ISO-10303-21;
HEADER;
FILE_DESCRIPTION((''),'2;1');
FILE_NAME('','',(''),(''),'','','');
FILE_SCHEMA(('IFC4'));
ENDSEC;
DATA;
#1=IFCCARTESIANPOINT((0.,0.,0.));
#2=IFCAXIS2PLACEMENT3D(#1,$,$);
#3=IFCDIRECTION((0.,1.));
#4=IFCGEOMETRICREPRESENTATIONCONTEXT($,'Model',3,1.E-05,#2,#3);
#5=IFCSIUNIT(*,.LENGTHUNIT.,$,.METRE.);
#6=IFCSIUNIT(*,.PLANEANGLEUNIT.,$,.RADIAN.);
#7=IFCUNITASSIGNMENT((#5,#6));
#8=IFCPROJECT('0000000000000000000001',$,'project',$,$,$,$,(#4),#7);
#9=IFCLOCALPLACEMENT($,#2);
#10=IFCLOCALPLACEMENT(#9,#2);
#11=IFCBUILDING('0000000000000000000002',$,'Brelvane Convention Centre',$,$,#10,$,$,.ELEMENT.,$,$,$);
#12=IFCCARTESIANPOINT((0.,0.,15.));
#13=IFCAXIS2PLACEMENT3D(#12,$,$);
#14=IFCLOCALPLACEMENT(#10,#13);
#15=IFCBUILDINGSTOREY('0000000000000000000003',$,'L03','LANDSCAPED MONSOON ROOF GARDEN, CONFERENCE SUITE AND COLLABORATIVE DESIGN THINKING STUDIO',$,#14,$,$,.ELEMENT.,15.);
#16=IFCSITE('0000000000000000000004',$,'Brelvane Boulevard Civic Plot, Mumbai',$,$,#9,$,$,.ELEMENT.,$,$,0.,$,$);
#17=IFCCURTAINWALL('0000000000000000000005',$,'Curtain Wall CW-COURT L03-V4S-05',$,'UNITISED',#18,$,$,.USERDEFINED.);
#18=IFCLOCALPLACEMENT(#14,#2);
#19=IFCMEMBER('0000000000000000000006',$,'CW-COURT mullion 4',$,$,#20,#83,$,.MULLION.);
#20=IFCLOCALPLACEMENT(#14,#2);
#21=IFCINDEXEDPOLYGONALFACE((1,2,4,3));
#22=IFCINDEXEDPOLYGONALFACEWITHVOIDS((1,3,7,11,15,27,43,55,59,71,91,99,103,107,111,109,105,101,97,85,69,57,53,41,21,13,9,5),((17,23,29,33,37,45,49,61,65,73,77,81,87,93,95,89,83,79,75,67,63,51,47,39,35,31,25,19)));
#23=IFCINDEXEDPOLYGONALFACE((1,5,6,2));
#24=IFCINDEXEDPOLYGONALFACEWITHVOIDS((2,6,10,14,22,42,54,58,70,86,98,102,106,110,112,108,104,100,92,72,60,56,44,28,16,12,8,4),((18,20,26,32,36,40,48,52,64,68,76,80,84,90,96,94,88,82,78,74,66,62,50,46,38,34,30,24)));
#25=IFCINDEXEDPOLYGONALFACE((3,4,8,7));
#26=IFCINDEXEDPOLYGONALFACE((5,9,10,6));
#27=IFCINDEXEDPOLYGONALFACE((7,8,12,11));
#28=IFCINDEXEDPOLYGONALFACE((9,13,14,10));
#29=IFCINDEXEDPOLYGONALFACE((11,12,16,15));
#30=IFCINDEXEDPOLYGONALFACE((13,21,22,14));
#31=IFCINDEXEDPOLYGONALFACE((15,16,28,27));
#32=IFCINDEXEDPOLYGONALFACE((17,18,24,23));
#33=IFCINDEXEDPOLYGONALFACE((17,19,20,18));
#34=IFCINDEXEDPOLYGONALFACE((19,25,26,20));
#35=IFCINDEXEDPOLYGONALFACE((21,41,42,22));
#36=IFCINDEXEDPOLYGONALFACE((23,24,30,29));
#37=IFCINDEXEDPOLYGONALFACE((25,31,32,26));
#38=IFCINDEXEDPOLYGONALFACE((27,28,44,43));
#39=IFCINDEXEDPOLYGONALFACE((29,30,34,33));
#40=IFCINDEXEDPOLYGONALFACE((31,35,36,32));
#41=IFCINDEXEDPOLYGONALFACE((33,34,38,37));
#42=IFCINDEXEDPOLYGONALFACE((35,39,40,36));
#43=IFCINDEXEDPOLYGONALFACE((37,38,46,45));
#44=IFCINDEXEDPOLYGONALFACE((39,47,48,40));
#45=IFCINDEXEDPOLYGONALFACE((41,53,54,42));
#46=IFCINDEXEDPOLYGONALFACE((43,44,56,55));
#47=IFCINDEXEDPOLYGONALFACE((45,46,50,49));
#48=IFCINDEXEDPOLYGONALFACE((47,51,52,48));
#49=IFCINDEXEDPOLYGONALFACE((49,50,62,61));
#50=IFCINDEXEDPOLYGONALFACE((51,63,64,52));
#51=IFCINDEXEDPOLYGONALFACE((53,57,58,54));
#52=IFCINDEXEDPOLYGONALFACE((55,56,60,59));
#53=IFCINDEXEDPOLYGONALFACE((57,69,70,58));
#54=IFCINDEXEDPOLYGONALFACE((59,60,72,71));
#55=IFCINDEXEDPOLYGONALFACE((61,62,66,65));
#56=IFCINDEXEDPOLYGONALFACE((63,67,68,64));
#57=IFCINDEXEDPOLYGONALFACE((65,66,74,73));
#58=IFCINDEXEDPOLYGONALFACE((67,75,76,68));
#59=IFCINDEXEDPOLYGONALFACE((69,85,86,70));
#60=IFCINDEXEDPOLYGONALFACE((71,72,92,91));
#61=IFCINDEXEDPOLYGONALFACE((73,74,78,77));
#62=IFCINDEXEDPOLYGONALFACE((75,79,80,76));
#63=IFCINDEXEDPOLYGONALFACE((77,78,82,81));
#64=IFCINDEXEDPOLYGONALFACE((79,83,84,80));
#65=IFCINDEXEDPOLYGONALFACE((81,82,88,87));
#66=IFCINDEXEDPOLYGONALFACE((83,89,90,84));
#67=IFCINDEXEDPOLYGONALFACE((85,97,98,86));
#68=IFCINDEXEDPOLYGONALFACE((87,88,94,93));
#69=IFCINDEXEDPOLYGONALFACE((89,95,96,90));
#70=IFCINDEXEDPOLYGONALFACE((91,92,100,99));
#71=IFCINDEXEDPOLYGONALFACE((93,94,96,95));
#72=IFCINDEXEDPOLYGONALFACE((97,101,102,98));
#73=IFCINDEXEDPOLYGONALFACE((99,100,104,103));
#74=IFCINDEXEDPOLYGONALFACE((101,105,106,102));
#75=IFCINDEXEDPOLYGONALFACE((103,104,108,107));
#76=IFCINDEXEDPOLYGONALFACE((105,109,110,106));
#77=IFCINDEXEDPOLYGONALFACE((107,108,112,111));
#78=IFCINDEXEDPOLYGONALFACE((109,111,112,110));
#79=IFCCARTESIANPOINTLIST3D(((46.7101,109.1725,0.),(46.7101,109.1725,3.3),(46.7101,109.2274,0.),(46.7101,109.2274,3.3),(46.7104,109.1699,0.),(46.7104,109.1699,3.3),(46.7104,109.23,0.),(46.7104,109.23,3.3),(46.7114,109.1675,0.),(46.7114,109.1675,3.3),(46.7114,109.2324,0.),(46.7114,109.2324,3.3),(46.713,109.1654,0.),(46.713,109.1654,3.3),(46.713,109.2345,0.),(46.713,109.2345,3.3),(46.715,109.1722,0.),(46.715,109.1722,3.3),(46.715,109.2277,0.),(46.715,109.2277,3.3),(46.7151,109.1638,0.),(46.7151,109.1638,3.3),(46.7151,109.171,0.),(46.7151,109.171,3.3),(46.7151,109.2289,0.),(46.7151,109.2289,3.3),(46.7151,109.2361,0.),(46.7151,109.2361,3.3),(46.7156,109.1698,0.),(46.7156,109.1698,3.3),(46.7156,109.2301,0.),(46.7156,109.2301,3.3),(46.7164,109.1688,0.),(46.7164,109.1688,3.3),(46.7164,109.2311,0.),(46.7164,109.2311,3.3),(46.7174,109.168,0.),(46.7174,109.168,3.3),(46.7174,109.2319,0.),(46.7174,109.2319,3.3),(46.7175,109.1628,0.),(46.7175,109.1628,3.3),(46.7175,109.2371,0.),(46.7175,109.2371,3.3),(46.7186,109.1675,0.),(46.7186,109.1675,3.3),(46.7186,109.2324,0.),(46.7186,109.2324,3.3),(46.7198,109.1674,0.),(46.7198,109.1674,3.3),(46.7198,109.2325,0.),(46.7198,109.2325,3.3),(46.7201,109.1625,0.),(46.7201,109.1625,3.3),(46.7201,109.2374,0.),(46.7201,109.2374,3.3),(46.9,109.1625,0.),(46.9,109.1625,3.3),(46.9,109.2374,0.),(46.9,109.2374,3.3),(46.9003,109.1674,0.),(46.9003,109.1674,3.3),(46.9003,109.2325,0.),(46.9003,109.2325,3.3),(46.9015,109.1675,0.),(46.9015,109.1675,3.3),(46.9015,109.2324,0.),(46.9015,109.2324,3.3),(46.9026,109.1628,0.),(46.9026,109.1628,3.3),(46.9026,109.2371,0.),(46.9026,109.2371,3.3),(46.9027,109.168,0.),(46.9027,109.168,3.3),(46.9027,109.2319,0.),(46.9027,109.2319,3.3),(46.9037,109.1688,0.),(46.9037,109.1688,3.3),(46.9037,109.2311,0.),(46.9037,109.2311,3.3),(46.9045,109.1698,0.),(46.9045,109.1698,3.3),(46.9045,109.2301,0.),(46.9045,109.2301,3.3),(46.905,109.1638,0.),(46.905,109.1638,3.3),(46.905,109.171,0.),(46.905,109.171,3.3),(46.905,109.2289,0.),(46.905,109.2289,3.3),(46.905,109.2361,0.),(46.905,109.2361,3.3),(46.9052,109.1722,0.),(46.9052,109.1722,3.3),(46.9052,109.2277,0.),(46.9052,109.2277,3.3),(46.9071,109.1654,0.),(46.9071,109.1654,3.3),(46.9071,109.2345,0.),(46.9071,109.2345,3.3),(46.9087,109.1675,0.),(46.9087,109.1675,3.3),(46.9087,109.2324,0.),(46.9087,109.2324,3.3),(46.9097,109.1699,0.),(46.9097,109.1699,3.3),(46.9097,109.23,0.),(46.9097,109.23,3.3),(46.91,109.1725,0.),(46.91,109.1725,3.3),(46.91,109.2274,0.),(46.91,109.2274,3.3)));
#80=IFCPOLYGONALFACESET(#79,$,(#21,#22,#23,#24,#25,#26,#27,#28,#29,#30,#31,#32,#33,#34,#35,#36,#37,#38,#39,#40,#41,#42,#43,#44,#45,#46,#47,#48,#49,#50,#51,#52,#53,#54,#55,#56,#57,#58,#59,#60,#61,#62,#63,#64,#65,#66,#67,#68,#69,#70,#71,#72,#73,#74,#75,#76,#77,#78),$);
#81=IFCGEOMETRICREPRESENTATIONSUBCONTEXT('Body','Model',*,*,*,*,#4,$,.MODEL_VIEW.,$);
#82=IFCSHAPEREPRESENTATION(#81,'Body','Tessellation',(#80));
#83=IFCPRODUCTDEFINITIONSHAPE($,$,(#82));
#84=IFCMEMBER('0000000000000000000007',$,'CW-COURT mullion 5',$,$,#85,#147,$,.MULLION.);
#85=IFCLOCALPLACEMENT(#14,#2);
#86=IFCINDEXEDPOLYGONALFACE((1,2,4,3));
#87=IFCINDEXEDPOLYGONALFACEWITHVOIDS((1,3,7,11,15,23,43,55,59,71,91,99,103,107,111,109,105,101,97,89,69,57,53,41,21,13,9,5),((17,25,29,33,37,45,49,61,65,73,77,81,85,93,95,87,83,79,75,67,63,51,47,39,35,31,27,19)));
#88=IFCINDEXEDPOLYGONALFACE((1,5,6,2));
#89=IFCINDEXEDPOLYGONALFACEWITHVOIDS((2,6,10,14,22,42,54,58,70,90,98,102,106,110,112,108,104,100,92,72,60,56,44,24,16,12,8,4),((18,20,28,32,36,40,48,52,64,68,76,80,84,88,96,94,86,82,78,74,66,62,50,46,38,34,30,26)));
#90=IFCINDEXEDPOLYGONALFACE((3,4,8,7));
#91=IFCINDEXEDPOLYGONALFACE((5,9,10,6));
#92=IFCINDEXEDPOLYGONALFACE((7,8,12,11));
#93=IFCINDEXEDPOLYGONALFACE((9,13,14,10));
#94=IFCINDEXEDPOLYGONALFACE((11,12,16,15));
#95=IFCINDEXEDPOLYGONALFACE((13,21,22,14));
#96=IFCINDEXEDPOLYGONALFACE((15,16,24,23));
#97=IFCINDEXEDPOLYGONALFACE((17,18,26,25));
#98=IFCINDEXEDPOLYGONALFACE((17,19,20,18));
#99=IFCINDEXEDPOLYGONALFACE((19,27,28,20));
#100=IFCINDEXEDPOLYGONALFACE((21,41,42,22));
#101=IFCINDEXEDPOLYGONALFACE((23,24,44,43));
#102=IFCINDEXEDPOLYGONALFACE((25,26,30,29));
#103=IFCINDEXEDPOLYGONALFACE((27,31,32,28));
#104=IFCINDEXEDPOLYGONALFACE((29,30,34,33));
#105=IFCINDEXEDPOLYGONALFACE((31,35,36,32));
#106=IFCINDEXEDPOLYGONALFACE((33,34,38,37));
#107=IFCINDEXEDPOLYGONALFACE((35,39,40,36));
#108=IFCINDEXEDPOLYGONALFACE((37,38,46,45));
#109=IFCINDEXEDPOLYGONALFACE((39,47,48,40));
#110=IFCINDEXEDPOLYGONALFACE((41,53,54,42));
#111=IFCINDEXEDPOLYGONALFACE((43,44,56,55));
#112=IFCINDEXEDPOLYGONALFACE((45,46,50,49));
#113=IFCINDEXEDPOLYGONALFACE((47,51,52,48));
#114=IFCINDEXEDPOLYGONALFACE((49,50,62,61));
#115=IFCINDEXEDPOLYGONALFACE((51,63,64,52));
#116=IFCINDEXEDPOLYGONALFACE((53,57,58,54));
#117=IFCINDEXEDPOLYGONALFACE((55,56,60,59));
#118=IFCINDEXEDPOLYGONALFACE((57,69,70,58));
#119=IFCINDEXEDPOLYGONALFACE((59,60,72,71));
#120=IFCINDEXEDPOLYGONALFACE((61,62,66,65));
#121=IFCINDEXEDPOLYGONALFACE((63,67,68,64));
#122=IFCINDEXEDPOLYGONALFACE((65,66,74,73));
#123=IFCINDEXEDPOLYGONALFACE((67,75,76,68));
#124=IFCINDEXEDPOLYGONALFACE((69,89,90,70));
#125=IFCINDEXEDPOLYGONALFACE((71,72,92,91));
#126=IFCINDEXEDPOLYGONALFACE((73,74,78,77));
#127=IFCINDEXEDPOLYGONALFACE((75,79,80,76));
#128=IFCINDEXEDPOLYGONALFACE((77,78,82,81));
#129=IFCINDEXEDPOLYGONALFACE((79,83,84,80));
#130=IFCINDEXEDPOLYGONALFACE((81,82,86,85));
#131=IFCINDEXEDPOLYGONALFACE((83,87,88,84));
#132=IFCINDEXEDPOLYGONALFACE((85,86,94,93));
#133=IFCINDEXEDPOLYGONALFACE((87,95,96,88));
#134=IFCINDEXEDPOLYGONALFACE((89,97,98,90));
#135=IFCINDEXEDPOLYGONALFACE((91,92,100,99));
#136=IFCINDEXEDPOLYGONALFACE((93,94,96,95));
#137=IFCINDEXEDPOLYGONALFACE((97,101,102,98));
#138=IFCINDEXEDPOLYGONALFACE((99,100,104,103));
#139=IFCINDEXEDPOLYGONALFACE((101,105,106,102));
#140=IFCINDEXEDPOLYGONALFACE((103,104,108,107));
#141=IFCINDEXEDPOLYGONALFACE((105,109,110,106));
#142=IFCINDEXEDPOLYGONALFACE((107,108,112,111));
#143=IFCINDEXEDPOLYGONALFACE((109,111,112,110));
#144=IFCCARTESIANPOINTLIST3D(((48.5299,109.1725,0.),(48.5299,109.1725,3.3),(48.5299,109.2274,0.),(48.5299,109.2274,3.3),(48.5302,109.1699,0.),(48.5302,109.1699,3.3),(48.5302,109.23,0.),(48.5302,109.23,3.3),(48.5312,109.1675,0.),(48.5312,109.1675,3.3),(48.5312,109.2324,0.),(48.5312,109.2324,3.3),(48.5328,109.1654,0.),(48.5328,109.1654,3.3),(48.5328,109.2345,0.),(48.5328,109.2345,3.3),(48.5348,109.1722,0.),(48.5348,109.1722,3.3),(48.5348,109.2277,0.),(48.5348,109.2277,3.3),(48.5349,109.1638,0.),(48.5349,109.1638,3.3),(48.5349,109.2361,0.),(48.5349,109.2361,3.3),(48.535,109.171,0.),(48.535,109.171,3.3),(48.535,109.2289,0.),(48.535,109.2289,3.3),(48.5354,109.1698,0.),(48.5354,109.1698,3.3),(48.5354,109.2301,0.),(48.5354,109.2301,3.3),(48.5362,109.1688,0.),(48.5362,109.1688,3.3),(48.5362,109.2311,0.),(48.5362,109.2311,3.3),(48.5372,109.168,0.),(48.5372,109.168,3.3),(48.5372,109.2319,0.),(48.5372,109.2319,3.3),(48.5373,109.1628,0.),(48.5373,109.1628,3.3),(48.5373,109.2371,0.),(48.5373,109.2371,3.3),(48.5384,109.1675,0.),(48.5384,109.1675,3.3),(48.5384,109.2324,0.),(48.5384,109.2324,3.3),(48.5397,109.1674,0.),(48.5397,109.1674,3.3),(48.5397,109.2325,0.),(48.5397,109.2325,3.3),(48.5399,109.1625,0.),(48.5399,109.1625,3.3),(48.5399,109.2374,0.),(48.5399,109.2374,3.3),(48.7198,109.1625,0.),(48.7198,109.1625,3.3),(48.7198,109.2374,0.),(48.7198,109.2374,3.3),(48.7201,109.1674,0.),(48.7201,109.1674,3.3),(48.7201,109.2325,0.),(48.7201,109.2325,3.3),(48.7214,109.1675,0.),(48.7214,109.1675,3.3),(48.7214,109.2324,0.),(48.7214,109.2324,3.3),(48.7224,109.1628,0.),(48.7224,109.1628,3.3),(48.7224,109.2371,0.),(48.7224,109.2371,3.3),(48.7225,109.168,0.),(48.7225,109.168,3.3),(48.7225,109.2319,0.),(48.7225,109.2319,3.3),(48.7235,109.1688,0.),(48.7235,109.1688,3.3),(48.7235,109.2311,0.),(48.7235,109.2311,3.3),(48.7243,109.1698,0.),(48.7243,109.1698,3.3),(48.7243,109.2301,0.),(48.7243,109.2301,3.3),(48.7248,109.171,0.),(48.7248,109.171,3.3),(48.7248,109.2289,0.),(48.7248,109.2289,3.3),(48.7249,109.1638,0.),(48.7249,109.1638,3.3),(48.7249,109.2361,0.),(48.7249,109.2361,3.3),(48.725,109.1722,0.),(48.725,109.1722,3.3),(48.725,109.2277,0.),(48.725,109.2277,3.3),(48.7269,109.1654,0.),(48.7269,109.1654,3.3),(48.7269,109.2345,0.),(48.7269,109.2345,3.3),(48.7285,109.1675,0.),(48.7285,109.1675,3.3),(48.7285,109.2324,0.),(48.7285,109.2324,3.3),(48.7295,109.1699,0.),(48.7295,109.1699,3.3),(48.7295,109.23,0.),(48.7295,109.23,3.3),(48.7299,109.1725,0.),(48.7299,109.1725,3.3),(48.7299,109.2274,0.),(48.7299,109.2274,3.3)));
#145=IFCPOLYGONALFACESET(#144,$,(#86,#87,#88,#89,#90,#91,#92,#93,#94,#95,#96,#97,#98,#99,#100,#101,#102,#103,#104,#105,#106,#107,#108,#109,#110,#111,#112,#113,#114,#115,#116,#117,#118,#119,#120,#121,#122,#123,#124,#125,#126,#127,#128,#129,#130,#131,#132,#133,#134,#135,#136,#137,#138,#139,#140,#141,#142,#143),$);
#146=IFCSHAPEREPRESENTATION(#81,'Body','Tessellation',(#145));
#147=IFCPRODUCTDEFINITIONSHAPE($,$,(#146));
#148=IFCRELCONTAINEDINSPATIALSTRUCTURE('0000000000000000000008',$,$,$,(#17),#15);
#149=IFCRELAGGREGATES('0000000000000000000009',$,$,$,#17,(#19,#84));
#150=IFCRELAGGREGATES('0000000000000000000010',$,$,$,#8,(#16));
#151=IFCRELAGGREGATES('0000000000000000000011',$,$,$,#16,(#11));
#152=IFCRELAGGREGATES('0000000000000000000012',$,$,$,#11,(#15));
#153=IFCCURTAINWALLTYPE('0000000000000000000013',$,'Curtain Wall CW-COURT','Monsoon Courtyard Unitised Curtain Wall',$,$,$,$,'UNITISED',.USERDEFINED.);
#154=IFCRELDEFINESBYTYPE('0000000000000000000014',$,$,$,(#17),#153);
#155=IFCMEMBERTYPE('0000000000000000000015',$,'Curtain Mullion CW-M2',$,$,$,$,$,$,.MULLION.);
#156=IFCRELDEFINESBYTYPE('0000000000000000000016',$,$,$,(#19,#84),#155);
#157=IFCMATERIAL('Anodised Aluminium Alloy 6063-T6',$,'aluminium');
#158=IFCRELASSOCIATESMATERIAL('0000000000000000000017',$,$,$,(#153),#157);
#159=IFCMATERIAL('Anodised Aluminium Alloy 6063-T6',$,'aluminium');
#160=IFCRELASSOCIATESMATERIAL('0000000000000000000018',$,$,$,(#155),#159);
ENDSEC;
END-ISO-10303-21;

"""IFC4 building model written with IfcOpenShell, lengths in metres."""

from ifc_helpers import new_model, si_unit, direction, frame, origin, origin_2d, place, context, subcontext, project, spatial, hollow_rectangle, extrude, material, material_profile, profile_set, type_object, element, aggregate, save


model = new_model("IFC4")

# Units and contexts
model_context = context("Model", 3, precision=1e-05, world=origin(), true_north=direction((0.0, 1.0)))
body_context = subcontext(model_context, "Body", "Model", "MODEL_VIEW")
ifc_project = project(units=[si_unit("LENGTHUNIT", "METRE"), si_unit("PLANEANGLEUNIT", "RADIAN")], contexts=[model_context])

# Site, building, storey
site_placement = place(None, origin())
site = spatial("IfcSite", under=ifc_project, at=site_placement, Name="Brelvane Boulevard Civic Plot, Mumbai", CompositionType="ELEMENT", RefElevation=0.0)
building_placement = place(site_placement, origin())
building = spatial("IfcBuilding", under=site, at=building_placement, Name="Brelvane Convention Centre", CompositionType="ELEMENT")
storey_placement = place(building_placement, frame((0.0, 0.0, 15.0)))
storey = spatial("IfcBuildingStorey", under=building, at=storey_placement, Name="L03", Description="LANDSCAPED MONSOON ROOF GARDEN, CONFERENCE SUITE AND COLLABORATIVE DESIGN THINKING STUDIO", CompositionType="ELEMENT", Elevation=15.0)

# Curtain wall, members
ifc_material_1 = material(Name="Anodised Aluminium Alloy 6063-T6", Category="aluminium")
curtain_wall_type = type_object("IfcCurtainWallType", Name="Curtain Wall CW-COURT", Description="Monsoon Courtyard Unitised Curtain Wall", ElementType="UNITISED", PredefinedType="USERDEFINED", material=ifc_material_1)
curtain_wall_placement = place(storey_placement, origin())
curtain_wall = element("IfcCurtainWall", 1, at=curtain_wall_placement, inside=storey, type_object=curtain_wall_type, Name="Curtain Wall CW-COURT L03-V4S-05", ObjectType="UNITISED", PredefinedType="USERDEFINED")
ifc_material_2 = material(Name="Anodised Aluminium Alloy 6063-T6", Category="aluminium")
ifc_material_profile_1 = material_profile(ifc_material_2, hollow_rectangle(XDim=0.075, YDim=0.2, WallThickness=0.0049, InnerFilletRadius=0.0049, OuterFilletRadius=0.01, at=origin_2d()), Name="ALU-M 200x75x5.0")
ifc_profile_set_1 = profile_set([ifc_material_profile_1], Name="Anodised Aluminium Alloy 6063-T6")
member_type_1 = type_object("IfcMemberType", Name="Curtain Mullion CW-M2", PredefinedType="MULLION", material=ifc_profile_set_1)
member_1_placement = place(storey_placement, frame((46.8101, 109.2, 0.0), z_axis=(0.0, 0.0, 1.0), x_axis=(0.0, 1.0, 0.0)))
member_1 = element("IfcMember", 2, at=member_1_placement, type_object=member_type_1, Name="CW-COURT mullion 4", PredefinedType="MULLION", context=body_context, shape_type="SweptSolid", body=[
    extrude(hollow_rectangle(XDim=0.075, YDim=0.2, WallThickness=0.0049, InnerFilletRadius=0.0049, OuterFilletRadius=0.01, at=origin_2d()), origin(), (0.0, 0.0, 1.0), 3.3),
])
member_2_placement = place(storey_placement, frame((48.6299, 109.2, 0.0), z_axis=(0.0, 0.0, 1.0), x_axis=(0.0, 1.0, 0.0)))
member_2 = element("IfcMember", 3, at=member_2_placement, type_object=member_type_1, Name="CW-COURT mullion 5", PredefinedType="MULLION", context=body_context, shape_type="SweptSolid", body=[
    extrude(hollow_rectangle(XDim=0.075, YDim=0.2, WallThickness=0.0049, InnerFilletRadius=0.0049, OuterFilletRadius=0.01, at=origin_2d()), origin(), (0.0, 0.0, 1.0), 3.3),
])

aggregate(curtain_wall, [member_1, member_2])

save(model, "model.ifc")
